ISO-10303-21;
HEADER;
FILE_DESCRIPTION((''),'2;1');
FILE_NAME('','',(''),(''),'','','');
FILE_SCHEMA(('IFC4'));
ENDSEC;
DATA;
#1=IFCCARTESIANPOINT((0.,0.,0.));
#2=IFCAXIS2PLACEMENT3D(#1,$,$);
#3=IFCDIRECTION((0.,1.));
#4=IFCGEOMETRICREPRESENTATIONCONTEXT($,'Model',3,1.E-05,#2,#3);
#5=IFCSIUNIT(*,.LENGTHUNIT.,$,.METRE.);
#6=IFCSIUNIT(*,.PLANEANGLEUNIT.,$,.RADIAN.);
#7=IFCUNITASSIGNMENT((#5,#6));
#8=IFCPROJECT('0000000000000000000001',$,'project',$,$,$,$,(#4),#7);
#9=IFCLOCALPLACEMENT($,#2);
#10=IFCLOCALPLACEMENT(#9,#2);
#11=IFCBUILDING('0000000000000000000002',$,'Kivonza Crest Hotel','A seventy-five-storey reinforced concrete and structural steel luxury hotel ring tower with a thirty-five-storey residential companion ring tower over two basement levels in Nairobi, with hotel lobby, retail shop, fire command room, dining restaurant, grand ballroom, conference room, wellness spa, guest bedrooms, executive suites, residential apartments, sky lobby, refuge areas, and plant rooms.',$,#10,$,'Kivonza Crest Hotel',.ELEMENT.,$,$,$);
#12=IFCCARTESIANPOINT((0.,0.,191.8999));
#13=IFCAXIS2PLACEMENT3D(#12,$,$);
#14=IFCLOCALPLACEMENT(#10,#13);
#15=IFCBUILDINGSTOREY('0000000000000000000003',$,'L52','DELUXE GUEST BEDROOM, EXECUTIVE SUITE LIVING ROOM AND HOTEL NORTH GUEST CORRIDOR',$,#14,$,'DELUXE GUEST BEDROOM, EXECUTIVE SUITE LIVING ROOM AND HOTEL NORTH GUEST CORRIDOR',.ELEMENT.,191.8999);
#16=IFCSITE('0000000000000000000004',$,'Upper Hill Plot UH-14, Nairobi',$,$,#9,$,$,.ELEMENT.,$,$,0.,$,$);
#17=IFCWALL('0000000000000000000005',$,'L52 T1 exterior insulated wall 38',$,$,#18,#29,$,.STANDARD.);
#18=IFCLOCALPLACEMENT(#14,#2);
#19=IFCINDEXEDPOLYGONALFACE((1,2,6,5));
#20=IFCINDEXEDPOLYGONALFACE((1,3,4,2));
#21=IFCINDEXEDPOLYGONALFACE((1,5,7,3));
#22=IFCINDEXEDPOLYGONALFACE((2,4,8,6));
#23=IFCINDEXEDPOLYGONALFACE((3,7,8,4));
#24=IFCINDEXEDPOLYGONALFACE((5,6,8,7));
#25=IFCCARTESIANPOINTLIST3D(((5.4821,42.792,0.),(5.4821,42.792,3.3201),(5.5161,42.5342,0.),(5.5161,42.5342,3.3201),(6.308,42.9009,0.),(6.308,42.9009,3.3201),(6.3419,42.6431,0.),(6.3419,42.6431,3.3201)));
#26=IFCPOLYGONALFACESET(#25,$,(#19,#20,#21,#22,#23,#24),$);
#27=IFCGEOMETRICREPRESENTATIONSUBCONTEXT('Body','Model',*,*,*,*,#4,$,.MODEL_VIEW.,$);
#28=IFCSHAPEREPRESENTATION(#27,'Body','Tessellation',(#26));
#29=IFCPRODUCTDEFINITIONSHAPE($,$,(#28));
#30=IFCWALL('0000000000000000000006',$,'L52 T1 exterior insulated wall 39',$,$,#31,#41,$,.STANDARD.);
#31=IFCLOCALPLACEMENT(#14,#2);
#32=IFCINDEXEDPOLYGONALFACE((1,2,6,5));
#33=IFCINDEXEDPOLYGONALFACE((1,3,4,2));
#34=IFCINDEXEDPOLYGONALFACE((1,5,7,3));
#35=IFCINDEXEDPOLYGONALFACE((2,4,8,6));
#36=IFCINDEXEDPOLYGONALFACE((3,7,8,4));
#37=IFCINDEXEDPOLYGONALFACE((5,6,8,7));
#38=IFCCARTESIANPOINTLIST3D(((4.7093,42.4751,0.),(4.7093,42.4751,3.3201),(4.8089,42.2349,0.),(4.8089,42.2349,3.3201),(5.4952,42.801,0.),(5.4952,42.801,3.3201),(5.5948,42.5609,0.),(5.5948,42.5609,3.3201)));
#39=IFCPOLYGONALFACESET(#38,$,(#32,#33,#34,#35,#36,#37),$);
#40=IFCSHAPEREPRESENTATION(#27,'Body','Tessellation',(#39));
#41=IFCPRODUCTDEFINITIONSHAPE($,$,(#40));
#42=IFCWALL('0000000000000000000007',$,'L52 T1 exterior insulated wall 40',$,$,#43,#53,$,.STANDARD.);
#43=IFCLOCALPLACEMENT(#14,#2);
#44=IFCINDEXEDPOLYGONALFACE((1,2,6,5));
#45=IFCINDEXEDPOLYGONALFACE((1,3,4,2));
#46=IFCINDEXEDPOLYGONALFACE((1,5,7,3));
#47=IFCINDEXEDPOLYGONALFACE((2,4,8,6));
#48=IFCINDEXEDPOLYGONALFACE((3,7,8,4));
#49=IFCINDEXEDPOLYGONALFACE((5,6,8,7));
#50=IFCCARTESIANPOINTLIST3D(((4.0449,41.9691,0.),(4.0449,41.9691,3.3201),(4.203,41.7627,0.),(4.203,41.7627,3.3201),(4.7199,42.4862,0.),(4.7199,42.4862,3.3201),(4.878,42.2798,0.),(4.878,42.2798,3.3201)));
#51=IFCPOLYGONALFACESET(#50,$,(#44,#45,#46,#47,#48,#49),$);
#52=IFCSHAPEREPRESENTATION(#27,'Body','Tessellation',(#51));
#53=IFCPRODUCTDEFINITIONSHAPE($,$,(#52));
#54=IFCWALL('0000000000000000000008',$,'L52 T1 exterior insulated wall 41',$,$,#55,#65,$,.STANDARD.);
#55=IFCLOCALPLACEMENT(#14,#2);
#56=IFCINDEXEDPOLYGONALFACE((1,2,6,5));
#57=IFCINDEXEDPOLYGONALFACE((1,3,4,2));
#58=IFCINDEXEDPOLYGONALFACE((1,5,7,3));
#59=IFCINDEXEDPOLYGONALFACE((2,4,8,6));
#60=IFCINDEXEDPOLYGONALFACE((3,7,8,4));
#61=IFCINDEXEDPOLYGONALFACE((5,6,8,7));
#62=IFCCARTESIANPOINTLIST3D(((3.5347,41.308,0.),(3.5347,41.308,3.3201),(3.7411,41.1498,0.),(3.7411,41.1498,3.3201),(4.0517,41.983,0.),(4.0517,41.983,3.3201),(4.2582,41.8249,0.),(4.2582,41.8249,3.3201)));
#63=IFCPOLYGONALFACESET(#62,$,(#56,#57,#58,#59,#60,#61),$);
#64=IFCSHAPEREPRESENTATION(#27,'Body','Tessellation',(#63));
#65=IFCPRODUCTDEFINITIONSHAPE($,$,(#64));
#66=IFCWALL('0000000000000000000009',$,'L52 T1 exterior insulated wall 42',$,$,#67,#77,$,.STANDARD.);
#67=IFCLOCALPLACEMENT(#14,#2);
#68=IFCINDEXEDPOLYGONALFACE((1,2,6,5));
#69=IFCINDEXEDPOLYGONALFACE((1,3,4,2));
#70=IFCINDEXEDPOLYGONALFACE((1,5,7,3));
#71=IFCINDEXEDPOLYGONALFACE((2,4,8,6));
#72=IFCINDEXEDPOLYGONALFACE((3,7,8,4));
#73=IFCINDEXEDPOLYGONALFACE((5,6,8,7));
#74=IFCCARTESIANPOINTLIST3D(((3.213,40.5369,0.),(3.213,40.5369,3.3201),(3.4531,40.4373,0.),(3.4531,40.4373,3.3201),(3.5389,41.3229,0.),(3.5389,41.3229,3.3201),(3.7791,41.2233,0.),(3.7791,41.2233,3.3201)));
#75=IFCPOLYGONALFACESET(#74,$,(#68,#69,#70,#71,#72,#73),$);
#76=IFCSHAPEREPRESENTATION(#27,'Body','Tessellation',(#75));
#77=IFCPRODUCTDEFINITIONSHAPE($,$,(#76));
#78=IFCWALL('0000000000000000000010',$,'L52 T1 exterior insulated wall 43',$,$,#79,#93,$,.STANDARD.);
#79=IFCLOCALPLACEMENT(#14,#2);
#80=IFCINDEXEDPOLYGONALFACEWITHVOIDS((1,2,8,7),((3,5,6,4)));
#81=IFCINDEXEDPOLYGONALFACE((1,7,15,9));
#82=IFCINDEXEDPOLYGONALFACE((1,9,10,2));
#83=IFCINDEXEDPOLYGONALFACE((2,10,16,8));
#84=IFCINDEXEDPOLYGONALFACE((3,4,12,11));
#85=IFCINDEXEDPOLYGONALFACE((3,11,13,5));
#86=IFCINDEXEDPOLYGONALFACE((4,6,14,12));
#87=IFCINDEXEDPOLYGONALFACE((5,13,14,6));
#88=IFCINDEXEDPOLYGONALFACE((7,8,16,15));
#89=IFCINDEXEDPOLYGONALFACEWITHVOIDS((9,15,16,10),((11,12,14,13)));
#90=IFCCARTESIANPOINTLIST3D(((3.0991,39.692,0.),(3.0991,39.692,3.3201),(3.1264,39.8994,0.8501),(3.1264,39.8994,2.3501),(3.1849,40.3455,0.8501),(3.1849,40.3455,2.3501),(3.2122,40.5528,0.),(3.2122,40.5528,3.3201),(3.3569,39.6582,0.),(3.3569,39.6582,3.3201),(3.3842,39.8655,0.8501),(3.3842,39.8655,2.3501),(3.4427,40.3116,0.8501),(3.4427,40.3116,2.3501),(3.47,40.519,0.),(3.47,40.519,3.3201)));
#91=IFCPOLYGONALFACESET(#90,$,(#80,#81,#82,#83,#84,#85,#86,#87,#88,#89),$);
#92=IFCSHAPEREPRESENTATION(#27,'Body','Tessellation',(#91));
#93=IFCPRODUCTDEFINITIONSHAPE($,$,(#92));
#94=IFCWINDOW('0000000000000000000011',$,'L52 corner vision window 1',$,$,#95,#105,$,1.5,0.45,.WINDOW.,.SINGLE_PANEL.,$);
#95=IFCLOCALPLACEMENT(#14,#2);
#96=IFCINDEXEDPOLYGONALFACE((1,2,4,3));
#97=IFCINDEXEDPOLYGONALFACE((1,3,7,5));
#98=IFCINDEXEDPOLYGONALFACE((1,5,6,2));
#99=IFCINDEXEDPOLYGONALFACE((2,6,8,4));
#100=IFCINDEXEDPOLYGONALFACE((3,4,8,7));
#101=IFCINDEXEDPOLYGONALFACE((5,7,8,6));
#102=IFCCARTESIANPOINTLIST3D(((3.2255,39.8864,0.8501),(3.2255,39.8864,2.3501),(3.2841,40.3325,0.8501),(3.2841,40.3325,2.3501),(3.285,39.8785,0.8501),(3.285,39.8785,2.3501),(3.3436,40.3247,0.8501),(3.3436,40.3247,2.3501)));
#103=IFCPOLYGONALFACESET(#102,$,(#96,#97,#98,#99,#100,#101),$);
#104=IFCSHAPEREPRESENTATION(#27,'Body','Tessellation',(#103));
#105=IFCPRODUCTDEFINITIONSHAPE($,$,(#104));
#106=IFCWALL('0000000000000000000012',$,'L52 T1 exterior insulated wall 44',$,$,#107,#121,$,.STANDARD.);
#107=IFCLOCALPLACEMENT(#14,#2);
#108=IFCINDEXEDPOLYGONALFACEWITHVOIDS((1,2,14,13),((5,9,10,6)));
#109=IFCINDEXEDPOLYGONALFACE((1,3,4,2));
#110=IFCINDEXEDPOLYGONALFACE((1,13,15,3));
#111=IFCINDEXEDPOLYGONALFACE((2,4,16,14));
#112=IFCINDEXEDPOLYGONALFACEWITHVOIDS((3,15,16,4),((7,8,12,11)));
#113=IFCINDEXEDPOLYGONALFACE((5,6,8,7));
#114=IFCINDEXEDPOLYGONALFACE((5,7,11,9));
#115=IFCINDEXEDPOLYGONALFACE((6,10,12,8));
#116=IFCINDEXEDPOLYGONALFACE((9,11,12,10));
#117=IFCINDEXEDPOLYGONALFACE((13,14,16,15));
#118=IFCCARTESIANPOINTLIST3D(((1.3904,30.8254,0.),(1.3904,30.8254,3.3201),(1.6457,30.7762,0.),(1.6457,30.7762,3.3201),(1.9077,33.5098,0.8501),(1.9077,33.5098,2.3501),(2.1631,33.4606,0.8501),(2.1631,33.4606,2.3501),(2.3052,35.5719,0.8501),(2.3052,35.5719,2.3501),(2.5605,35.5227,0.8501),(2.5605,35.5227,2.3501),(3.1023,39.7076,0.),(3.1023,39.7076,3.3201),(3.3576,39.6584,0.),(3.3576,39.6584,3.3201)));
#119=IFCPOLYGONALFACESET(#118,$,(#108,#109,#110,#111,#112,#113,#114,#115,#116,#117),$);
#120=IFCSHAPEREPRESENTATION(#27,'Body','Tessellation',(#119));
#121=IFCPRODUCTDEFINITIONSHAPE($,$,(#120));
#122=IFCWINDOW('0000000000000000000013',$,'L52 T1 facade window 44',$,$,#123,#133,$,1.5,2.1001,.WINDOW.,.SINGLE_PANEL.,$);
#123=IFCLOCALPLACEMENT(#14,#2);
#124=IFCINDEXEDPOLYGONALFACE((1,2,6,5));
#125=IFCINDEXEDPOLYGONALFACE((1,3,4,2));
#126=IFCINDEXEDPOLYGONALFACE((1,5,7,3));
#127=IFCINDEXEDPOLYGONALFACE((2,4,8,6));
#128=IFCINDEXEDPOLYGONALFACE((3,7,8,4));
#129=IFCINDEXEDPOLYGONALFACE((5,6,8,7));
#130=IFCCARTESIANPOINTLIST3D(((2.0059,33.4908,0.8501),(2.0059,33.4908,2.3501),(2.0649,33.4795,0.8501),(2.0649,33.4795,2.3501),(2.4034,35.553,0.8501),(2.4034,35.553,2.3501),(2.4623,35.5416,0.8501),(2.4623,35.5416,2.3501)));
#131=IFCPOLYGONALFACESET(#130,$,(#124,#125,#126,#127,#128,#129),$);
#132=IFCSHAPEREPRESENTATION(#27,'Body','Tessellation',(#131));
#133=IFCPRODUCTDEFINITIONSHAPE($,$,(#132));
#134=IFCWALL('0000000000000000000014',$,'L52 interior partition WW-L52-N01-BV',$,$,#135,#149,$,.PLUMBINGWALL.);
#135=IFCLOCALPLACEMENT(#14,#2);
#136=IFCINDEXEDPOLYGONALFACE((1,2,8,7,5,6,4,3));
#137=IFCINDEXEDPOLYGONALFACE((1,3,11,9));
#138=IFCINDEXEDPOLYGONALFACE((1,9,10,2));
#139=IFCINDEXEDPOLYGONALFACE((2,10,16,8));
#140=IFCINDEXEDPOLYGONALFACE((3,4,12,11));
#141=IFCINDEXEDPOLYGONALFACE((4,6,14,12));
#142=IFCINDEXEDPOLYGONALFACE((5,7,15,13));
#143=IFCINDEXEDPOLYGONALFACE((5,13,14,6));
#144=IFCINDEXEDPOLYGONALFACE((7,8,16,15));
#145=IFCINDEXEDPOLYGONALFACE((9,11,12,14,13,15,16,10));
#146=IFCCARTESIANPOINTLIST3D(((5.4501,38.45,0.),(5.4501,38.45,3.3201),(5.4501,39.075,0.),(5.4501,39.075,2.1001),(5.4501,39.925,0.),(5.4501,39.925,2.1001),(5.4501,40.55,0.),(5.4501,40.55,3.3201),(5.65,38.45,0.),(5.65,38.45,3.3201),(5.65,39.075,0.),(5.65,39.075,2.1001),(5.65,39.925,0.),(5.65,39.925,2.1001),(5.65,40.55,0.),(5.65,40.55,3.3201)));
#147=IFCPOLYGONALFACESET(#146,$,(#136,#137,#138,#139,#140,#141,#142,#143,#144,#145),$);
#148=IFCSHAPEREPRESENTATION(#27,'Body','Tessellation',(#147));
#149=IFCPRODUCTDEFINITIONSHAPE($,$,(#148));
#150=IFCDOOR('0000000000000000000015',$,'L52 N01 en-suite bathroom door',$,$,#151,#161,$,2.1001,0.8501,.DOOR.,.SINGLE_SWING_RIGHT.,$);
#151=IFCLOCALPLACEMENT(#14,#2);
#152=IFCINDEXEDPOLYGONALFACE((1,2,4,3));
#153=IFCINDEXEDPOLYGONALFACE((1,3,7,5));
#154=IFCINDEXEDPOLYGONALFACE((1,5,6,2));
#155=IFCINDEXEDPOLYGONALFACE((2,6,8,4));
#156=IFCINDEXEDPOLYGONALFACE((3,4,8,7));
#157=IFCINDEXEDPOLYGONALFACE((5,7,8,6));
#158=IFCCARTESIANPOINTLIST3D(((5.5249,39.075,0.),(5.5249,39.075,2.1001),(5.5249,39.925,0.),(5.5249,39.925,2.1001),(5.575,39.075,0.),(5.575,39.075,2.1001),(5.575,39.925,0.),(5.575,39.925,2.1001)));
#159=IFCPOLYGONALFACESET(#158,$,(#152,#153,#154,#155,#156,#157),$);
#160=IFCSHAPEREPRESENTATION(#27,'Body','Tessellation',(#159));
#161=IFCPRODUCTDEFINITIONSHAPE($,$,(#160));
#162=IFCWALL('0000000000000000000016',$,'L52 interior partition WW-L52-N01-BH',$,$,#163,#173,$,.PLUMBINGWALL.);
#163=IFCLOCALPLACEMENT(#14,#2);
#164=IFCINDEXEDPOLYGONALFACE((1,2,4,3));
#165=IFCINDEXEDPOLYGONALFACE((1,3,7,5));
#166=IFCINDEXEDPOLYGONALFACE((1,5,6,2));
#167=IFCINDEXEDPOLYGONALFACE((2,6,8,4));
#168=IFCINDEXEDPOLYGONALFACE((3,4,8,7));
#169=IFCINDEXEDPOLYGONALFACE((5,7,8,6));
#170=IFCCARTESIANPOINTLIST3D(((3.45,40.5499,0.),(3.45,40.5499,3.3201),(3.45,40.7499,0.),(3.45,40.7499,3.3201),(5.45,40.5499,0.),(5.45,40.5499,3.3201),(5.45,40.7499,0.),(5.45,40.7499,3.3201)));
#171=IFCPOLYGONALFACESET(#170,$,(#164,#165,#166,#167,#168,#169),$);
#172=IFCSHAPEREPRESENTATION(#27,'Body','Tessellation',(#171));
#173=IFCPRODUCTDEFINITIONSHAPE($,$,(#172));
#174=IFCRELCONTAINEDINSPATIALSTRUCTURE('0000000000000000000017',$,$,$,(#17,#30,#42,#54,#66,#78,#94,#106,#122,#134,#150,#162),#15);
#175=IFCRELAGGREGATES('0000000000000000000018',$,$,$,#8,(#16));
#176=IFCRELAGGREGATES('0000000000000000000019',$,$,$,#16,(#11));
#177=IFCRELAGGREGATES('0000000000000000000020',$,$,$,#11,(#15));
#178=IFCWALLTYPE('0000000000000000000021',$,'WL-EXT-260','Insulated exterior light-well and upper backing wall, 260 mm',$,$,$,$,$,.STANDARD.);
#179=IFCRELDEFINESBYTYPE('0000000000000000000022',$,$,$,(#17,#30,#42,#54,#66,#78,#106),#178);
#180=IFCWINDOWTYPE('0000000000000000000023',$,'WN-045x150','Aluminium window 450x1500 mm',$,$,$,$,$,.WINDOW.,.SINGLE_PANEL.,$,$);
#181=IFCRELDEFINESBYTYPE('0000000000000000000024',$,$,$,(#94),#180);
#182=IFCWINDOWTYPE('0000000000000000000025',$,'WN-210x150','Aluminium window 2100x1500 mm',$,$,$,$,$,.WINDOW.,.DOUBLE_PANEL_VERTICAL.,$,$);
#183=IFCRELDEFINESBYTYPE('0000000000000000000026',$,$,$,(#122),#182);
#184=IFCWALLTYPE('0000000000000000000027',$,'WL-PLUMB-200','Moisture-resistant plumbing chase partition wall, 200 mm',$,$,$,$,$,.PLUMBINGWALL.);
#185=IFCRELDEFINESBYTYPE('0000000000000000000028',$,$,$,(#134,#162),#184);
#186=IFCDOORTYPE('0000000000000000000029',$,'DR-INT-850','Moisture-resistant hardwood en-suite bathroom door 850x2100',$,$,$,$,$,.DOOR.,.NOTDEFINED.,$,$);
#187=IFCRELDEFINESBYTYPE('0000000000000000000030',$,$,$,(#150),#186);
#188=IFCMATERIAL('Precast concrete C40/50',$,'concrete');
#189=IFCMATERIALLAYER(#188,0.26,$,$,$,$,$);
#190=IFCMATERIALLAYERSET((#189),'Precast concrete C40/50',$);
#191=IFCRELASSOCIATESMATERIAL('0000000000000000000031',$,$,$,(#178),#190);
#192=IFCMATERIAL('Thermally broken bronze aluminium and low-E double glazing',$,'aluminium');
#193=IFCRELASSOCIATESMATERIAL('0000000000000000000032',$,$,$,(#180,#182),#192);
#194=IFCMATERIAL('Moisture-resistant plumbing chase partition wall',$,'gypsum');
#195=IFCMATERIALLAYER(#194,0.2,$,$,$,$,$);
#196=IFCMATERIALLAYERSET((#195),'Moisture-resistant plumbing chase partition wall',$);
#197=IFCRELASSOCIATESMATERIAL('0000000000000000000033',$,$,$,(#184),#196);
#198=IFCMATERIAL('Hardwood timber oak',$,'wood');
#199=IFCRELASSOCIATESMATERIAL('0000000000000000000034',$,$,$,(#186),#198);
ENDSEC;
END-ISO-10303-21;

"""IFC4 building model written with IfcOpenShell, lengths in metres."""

from ifc_helpers import new_model, si_unit, direction, frame, frame_2d, origin, place, context, subcontext, project, spatial, rectangle, extrude, material, layer, layer_set, type_object, element, fill, save


model = new_model("IFC4")

# Units and contexts
model_context = context("Model", 3, precision=1e-05, world=origin(), true_north=direction((0.0, 1.0)))
body_context = subcontext(model_context, "Body", "Model", "MODEL_VIEW")
ifc_project = project(units=[si_unit("LENGTHUNIT", "METRE"), si_unit("PLANEANGLEUNIT", "RADIAN")], contexts=[model_context])

# Site, building, storey
site_placement = place(None, origin())
site = spatial("IfcSite", under=ifc_project, at=site_placement, Name="Upper Hill Plot UH-14, Nairobi", CompositionType="ELEMENT", RefElevation=0.0)
building_placement = place(site_placement, origin())
building = spatial("IfcBuilding", under=site, at=building_placement, Name="Kivonza Crest Hotel", Description="A seventy-five-storey reinforced concrete and structural steel luxury hotel ring tower with a thirty-five-storey residential companion ring tower over two basement levels in Nairobi, with hotel lobby, retail shop, fire command room, dining restaurant, grand ballroom, conference room, wellness spa, guest bedrooms, executive suites, residential apartments, sky lobby, refuge areas, and plant rooms.", LongName="Kivonza Crest Hotel", CompositionType="ELEMENT")
storey_placement = place(building_placement, frame((0.0, 0.0, 191.8999)))
storey = spatial("IfcBuildingStorey", under=building, at=storey_placement, Name="L52", Description="DELUXE GUEST BEDROOM, EXECUTIVE SUITE LIVING ROOM AND HOTEL NORTH GUEST CORRIDOR", LongName="DELUXE GUEST BEDROOM, EXECUTIVE SUITE LIVING ROOM AND HOTEL NORTH GUEST CORRIDOR", CompositionType="ELEMENT", Elevation=191.8999)

# Shared definitions
ifc_material_1 = material(Name="Hardwood timber oak", Category="wood")

# Walls
ifc_material_2 = material(Name="Precast concrete C40/50", Category="concrete")
ifc_layer_1 = layer(ifc_material_2, 0.26)
ifc_layer_set_1 = layer_set([ifc_layer_1], Name="Precast concrete C40/50")
wall_type_1 = type_object("IfcWallType", Name="WL-EXT-260", Description="Insulated exterior light-well and upper backing wall, 260 mm", PredefinedType="STANDARD", material=ifc_layer_set_1)
wall_1_placement = place(storey_placement, frame((6.325, 42.772, 0.0), z_axis=(0.0, 0.0, 1.0), x_axis=(-0.991421, -0.130705, 0.0)))
element("IfcWall", 1, at=wall_1_placement, inside=storey, type_object=wall_type_1, Name="L52 T1 exterior insulated wall 38", PredefinedType="STANDARD", context=body_context, shape_type="SweptSolid", body=[
    extrude(rectangle(XDim=0.833, YDim=0.26, at=frame_2d((0.4165, 0.0))), origin(), (0.0, 0.0, 1.0), 3.3201),
])
wall_2_placement = place(storey_placement, frame((5.5449, 42.6809, 0.0), z_axis=(0.0, 0.0, 1.0), x_axis=(-0.923712, -0.383087, 0.0)))
element("IfcWall", 2, at=wall_2_placement, inside=storey, type_object=wall_type_1, Name="L52 T1 exterior insulated wall 39", PredefinedType="STANDARD", context=body_context, shape_type="SweptSolid", body=[
    extrude(rectangle(XDim=0.8508, YDim=0.26, at=frame_2d((0.4253, 0.0))), origin(), (0.0, 0.0, 1.0), 3.3201),
])
for number, where, z_axis, x_axis, name in (
    (3, (4.7991, 42.3831, 0.0), (0.0, 0.0, 1.0), (-0.79386, -0.6081, 0.0), "L52 T1 exterior insulated wall 40"),
    (4, (4.155, 41.9041, 0.0), (0.0, 0.0, 1.0), (-0.6081, -0.79386, 0.0), "L52 T1 exterior insulated wall 41"),
):
    element("IfcWall", number, at=place(storey_placement, frame(where, z_axis=z_axis, x_axis=x_axis)), inside=storey, type_object=wall_type_1, Name=name, PredefinedType="STANDARD", context=body_context, shape_type="SweptSolid", body=[
        extrude(rectangle(XDim=0.8503, YDim=0.26, at=frame_2d((0.4253, 0.0))), origin(), (0.0, 0.0, 1.0), 3.3201),
    ])
wall_3_placement = place(storey_placement, frame((3.6589, 41.2729, 0.0), z_axis=(0.0, 0.0, 1.0), x_axis=(-0.383087, -0.923712, 0.0)))
element("IfcWall", 5, at=wall_3_placement, inside=storey, type_object=wall_type_1, Name="L52 T1 exterior insulated wall 42", PredefinedType="STANDARD", context=body_context, shape_type="SweptSolid", body=[
    extrude(rectangle(XDim=0.8508, YDim=0.26, at=frame_2d((0.4253, 0.0))), origin(), (0.0, 0.0, 1.0), 3.3201),
])

# Walls, openings, windows
wall_4_placement = place(storey_placement, frame((3.3411, 40.5359, 0.0), z_axis=(0.0, 0.0, 1.0), x_axis=(-0.130193, -0.991489, 0.0)))
wall_4 = element("IfcWall", 6, at=wall_4_placement, inside=storey, type_object=wall_type_1, Name="L52 T1 exterior insulated wall 43", PredefinedType="STANDARD", context=body_context, shape_type="SweptSolid", body=[
    extrude(rectangle(XDim=0.8682, YDim=0.26, at=frame_2d((0.4341, 0.0))), origin(), (0.0, 0.0, 1.0), 3.3201),
])
opening_1_placement = place(wall_4_placement, frame((0.209, 0.0, 0.8501)))
opening_1 = element("IfcOpeningElement", 7, at=opening_1_placement, cuts=wall_4, PredefinedType="OPENING", context=body_context, shape_type="SweptSolid", body=[
    extrude(rectangle(XDim=0.45, YDim=1.5, at=frame_2d((0.2251, 0.75))), frame((0.0, 0.1401, 0.0), z_axis=(0.0, -1.0, 0.0), x_axis=(1.0, 0.0, 0.0)), (0.0, 0.0, 1.0), 0.28),
])
ifc_material_3 = material(Name="Thermally broken bronze aluminium and low-E double glazing", Category="aluminium")
window_type_1 = type_object("IfcWindowType", Name="WN-045x150", Description="Aluminium window 450x1500 mm", PartitioningType="SINGLE_PANEL", PredefinedType="WINDOW", material=ifc_material_3)
window_1_placement = place(opening_1_placement, origin())
window_1 = element("IfcWindow", 8, at=window_1_placement, inside=storey, type_object=window_type_1, Name="L52 corner vision window 1", OverallHeight=1.5, OverallWidth=0.45, PartitioningType="SINGLE_PANEL", PredefinedType="WINDOW", context=body_context, shape_type="SweptSolid", body=[
    extrude(rectangle(XDim=0.45, YDim=1.5, at=frame_2d((0.2251, 0.75))), frame((0.0, 0.03, 0.0), z_axis=(0.0, -1.0, 0.0), x_axis=(1.0, 0.0, 0.0)), (0.0, 0.0, 1.0), 0.0601),
])
fill(opening_1, window_1)
wall_5_placement = place(storey_placement, frame((3.23, 39.6831, 0.0), z_axis=(0.0, 0.0, 1.0), x_axis=(-0.189255, -0.981928, 0.0)))
wall_5 = element("IfcWall", 9, at=wall_5_placement, inside=storey, type_object=wall_type_1, Name="L52 T1 exterior insulated wall 44", PredefinedType="STANDARD", context=body_context, shape_type="SweptSolid", body=[
    extrude(rectangle(XDim=9.0457, YDim=0.26, at=frame_2d((4.5229, 0.0))), origin(), (0.0, 0.0, 1.0), 3.3201),
])
opening_2_placement = place(wall_5_placement, frame((4.2119, 0.0, 0.8501)))
opening_2 = element("IfcOpeningElement", 10, at=opening_2_placement, cuts=wall_5, PredefinedType="OPENING", context=body_context, shape_type="SweptSolid", body=[
    extrude(rectangle(XDim=2.1001, YDim=1.5, at=frame_2d((1.05, 0.75))), frame((0.0, 0.1401, 0.0), z_axis=(0.0, -1.0, 0.0), x_axis=(1.0, 0.0, 0.0)), (0.0, 0.0, 1.0), 0.28),
])
window_type_2 = type_object("IfcWindowType", Name="WN-210x150", Description="Aluminium window 2100x1500 mm", PartitioningType="DOUBLE_PANEL_VERTICAL", PredefinedType="WINDOW", material=ifc_material_3)
window_2_placement = place(opening_2_placement, origin())
window_2 = element("IfcWindow", 11, at=window_2_placement, inside=storey, type_object=window_type_2, Name="L52 T1 facade window 44", OverallHeight=1.5, OverallWidth=2.1001, PartitioningType="SINGLE_PANEL", PredefinedType="WINDOW", context=body_context, shape_type="SweptSolid", body=[
    extrude(rectangle(XDim=2.1001, YDim=1.5, at=frame_2d((1.05, 0.75))), frame((0.0, 0.03, 0.0), z_axis=(0.0, -1.0, 0.0), x_axis=(1.0, 0.0, 0.0)), (0.0, 0.0, 1.0), 0.0601),
])
fill(opening_2, window_2)

# Wall, opening, door
ifc_material_4 = material(Name="Moisture-resistant plumbing chase partition wall", Category="gypsum")
ifc_layer_2 = layer(ifc_material_4, 0.2)
ifc_layer_set_2 = layer_set([ifc_layer_2], Name="Moisture-resistant plumbing chase partition wall")
wall_type_2 = type_object("IfcWallType", Name="WL-PLUMB-200", Description="Moisture-resistant plumbing chase partition wall, 200 mm", PredefinedType="PLUMBINGWALL", material=ifc_layer_set_2)
wall_6_placement = place(storey_placement, frame((5.55, 38.45, 0.0), z_axis=(0.0, 0.0, 1.0), x_axis=(0.0, 1.0, 0.0)))
wall_6 = element("IfcWall", 12, at=wall_6_placement, inside=storey, type_object=wall_type_2, Name="L52 interior partition WW-L52-N01-BV", PredefinedType="PLUMBINGWALL", context=body_context, shape_type="SweptSolid", body=[
    extrude(rectangle(XDim=2.1001, YDim=0.2, at=frame_2d((1.05, 0.0))), origin(), (0.0, 0.0, 1.0), 3.3201),
])
opening_3_placement = place(wall_6_placement, frame((0.625, 0.0, 0.0)))
opening_3 = element("IfcOpeningElement", 13, at=opening_3_placement, cuts=wall_6, PredefinedType="OPENING", context=body_context, shape_type="SweptSolid", body=[
    extrude(rectangle(XDim=0.8501, YDim=2.1001, at=frame_2d((0.425, 1.05))), frame((0.0, 0.1099, 0.0), z_axis=(0.0, -1.0, 0.0), x_axis=(1.0, 0.0, 0.0)), (0.0, 0.0, 1.0), 0.22),
])
door_type_1 = type_object("IfcDoorType", Name="DR-INT-850", Description="Moisture-resistant hardwood en-suite bathroom door 850x2100", OperationType="NOTDEFINED", PredefinedType="DOOR", material=ifc_material_1)
door_1_placement = place(opening_3_placement, frame((0.8501, 0.0, 0.0), z_axis=(0.0, 0.0, 1.0), x_axis=(-1.0, 0.0, 0.0)))
door_1 = element("IfcDoor", 14, at=door_1_placement, inside=storey, type_object=door_type_1, Name="L52 N01 en-suite bathroom door", OperationType="SINGLE_SWING_RIGHT", OverallHeight=2.1001, OverallWidth=0.8501, PredefinedType="DOOR", context=body_context, shape_type="SweptSolid", body=[
    extrude(rectangle(XDim=0.8501, YDim=2.1001, at=frame_2d((0.425, 1.05))), frame((0.0, 0.0249, 0.0), z_axis=(0.0, -1.0, 0.0), x_axis=(1.0, 0.0, 0.0)), (0.0, 0.0, 1.0), 0.05),
])
fill(opening_3, door_1)

# Wall
wall_7_placement = place(storey_placement, frame((3.45, 40.6499, 0.0), z_axis=(0.0, 0.0, 1.0), x_axis=(1.0, 0.0, 0.0)))
element("IfcWall", 15, at=wall_7_placement, inside=storey, type_object=wall_type_2, Name="L52 interior partition WW-L52-N01-BH", PredefinedType="PLUMBINGWALL", context=body_context, shape_type="SweptSolid", body=[
    extrude(rectangle(XDim=2.0, YDim=0.2, at=frame_2d((1.0, 0.0))), origin(), (0.0, 0.0, 1.0), 3.3201),
])

save(model, "model.ifc")
